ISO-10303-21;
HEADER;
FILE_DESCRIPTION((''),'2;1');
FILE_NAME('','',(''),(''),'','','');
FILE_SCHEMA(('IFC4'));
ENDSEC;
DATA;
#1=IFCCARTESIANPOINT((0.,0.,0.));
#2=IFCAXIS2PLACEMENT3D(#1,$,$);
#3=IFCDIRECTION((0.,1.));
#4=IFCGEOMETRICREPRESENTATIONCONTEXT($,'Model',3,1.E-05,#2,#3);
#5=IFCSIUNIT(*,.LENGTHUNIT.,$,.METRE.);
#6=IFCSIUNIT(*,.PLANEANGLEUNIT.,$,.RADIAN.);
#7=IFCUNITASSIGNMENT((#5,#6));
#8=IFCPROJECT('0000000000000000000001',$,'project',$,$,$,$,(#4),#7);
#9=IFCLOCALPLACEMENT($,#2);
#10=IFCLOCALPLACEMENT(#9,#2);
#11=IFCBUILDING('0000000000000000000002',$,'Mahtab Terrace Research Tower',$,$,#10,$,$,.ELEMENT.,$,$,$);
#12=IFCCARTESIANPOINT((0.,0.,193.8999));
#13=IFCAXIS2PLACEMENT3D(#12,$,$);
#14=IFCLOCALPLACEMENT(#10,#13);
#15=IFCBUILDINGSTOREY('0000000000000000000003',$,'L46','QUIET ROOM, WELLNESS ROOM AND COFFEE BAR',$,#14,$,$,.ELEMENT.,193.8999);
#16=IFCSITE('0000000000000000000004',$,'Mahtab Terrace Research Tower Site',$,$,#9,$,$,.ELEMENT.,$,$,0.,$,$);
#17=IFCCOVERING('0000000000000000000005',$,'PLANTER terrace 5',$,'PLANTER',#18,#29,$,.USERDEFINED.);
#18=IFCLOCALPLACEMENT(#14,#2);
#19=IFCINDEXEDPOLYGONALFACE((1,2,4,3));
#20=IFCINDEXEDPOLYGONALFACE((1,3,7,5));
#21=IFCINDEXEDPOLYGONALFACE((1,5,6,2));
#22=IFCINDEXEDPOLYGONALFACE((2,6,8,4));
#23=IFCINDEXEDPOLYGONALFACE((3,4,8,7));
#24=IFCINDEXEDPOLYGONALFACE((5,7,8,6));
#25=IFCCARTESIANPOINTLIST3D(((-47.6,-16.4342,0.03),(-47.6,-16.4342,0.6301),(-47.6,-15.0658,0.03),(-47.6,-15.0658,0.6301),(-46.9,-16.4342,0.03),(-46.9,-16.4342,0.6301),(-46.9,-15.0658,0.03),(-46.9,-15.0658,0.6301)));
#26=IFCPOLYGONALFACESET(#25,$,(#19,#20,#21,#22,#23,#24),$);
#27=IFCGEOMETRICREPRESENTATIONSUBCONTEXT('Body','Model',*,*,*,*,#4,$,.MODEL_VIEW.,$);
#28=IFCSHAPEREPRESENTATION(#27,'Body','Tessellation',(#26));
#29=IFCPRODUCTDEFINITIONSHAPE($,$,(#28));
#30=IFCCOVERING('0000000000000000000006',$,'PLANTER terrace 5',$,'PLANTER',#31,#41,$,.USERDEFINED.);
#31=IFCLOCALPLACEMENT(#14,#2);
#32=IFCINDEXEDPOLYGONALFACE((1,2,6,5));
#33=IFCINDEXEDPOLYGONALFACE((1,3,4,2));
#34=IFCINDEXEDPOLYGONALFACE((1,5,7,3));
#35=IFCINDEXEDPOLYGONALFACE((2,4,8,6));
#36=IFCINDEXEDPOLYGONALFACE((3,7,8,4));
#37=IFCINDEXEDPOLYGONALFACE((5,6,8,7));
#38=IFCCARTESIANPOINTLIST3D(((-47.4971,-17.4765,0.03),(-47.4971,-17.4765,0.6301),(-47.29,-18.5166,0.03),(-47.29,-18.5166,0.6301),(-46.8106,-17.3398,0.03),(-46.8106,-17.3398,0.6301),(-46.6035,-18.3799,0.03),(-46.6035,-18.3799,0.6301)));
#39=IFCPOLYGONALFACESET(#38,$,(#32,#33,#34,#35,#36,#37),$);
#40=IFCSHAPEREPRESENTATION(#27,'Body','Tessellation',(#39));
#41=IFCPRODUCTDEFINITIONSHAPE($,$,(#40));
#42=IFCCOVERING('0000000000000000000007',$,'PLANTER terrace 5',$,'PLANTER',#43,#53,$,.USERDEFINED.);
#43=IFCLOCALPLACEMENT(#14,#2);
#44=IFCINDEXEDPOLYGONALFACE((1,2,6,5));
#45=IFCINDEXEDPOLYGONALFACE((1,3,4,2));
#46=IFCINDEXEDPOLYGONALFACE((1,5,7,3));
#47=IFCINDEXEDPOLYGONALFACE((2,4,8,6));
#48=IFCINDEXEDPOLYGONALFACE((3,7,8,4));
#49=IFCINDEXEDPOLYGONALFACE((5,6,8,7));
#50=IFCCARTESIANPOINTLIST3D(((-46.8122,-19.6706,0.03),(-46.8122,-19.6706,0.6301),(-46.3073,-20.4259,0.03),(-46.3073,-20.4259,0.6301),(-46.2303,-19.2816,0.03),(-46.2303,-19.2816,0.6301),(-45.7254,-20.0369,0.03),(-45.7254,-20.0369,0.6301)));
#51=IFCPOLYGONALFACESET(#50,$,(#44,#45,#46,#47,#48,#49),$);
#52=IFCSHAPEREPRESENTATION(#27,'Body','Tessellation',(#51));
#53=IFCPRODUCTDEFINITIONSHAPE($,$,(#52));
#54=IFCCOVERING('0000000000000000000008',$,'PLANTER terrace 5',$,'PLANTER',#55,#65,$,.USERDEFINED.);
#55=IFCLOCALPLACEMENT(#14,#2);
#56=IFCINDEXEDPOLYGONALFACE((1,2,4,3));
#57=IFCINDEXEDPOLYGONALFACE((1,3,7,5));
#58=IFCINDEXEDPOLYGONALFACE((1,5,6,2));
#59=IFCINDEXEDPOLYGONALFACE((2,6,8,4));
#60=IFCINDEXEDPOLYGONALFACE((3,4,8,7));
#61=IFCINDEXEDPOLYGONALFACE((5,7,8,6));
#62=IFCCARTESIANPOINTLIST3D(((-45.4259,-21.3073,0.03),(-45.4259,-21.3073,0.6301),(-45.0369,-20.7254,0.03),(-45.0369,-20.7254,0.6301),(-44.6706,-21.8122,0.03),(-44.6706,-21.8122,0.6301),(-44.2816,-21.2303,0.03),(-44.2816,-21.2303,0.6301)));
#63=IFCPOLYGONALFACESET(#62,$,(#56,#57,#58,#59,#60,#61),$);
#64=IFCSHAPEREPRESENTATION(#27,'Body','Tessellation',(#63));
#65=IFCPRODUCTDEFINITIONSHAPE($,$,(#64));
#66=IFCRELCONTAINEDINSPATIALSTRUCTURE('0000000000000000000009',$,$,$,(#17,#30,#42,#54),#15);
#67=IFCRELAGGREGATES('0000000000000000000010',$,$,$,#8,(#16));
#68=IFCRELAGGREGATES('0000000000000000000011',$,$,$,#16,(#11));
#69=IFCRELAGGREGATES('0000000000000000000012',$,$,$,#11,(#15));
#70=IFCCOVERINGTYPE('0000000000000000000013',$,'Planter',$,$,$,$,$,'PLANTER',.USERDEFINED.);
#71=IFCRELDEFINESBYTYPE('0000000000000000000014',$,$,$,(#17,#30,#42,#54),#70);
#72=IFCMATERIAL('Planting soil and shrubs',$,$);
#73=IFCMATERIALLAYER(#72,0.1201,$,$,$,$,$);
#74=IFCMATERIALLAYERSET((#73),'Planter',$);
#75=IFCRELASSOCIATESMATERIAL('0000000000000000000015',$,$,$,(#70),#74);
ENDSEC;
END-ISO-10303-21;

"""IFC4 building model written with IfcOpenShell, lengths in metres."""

from ifc_helpers import new_model, si_unit, direction, frame, origin, origin_2d, place, context, subcontext, project, spatial, rectangle, extrude, material, layer, layer_set, type_object, element, save


model = new_model("IFC4")

# Units and contexts
model_context = context("Model", 3, precision=1e-05, world=origin(), true_north=direction((0.0, 1.0)))
body_context = subcontext(model_context, "Body", "Model", "MODEL_VIEW")
ifc_project = project(units=[si_unit("LENGTHUNIT", "METRE"), si_unit("PLANEANGLEUNIT", "RADIAN")], contexts=[model_context])

# Site, building, storey
site_placement = place(None, origin())
site = spatial("IfcSite", under=ifc_project, at=site_placement, Name="Mahtab Terrace Research Tower Site", CompositionType="ELEMENT", RefElevation=0.0)
building_placement = place(site_placement, origin())
building = spatial("IfcBuilding", under=site, at=building_placement, Name="Mahtab Terrace Research Tower", CompositionType="ELEMENT")
storey_placement = place(building_placement, frame((0.0, 0.0, 193.8999)))
storey = spatial("IfcBuildingStorey", under=building, at=storey_placement, Name="L46", Description="QUIET ROOM, WELLNESS ROOM AND COFFEE BAR", CompositionType="ELEMENT", Elevation=193.8999)

# Coverings
ifc_material_1 = material(Name="Planting soil and shrubs")
ifc_layer_1 = layer(ifc_material_1, 0.1201)
ifc_layer_set_1 = layer_set([ifc_layer_1], Name="Planter")
covering_type_1 = type_object("IfcCoveringType", Name="Planter", ElementType="PLANTER", PredefinedType="USERDEFINED", material=ifc_layer_set_1)
covering_1_placement = place(storey_placement, frame((-47.25, -15.75, 0.03), z_axis=(0.0, 0.0, 1.0), x_axis=(0.0, -1.0, 0.0)))
element("IfcCovering", 1, at=covering_1_placement, inside=storey, type_object=covering_type_1, Name="PLANTER terrace 5", ObjectType="PLANTER", PredefinedType="USERDEFINED", context=body_context, shape_type="SweptSolid", body=[
    extrude(rectangle(XDim=1.3684, YDim=0.7, at=origin_2d()), origin(), (0.0, 0.0, 1.0), 0.6001),
])
covering_2_placement = place(storey_placement, frame((-47.0503, -17.9282, 0.03), z_axis=(0.0, 0.0, 1.0), x_axis=(0.195304, -0.980743, 0.0)))
element("IfcCovering", 2, at=covering_2_placement, inside=storey, type_object=covering_type_1, Name="PLANTER terrace 5", ObjectType="PLANTER", PredefinedType="USERDEFINED", context=body_context, shape_type="SweptSolid", body=[
    extrude(rectangle(XDim=1.0605, YDim=0.7, at=origin_2d()), origin(), (0.0, 0.0, 1.0), 0.6001),
])
for number, where, z_axis, x_axis, name in (
    (3, (-46.2688, -19.8538, 0.03), (0.0, 0.0, 1.0), (0.555757, -0.831344, 0.0), "PLANTER terrace 5"),
    (4, (-44.8538, -21.2688, 0.03), (0.0, 0.0, 1.0), (0.831344, -0.555757, 0.0), "PLANTER terrace 5"),
):
    element("IfcCovering", number, at=place(storey_placement, frame(where, z_axis=z_axis, x_axis=x_axis)), inside=storey, type_object=covering_type_1, Name=name, ObjectType="PLANTER", PredefinedType="USERDEFINED", context=body_context, shape_type="SweptSolid", body=[
        extrude(rectangle(XDim=0.9084, YDim=0.7, at=origin_2d()), origin(), (0.0, 0.0, 1.0), 0.6001),
    ])

save(model, "model.ifc")
